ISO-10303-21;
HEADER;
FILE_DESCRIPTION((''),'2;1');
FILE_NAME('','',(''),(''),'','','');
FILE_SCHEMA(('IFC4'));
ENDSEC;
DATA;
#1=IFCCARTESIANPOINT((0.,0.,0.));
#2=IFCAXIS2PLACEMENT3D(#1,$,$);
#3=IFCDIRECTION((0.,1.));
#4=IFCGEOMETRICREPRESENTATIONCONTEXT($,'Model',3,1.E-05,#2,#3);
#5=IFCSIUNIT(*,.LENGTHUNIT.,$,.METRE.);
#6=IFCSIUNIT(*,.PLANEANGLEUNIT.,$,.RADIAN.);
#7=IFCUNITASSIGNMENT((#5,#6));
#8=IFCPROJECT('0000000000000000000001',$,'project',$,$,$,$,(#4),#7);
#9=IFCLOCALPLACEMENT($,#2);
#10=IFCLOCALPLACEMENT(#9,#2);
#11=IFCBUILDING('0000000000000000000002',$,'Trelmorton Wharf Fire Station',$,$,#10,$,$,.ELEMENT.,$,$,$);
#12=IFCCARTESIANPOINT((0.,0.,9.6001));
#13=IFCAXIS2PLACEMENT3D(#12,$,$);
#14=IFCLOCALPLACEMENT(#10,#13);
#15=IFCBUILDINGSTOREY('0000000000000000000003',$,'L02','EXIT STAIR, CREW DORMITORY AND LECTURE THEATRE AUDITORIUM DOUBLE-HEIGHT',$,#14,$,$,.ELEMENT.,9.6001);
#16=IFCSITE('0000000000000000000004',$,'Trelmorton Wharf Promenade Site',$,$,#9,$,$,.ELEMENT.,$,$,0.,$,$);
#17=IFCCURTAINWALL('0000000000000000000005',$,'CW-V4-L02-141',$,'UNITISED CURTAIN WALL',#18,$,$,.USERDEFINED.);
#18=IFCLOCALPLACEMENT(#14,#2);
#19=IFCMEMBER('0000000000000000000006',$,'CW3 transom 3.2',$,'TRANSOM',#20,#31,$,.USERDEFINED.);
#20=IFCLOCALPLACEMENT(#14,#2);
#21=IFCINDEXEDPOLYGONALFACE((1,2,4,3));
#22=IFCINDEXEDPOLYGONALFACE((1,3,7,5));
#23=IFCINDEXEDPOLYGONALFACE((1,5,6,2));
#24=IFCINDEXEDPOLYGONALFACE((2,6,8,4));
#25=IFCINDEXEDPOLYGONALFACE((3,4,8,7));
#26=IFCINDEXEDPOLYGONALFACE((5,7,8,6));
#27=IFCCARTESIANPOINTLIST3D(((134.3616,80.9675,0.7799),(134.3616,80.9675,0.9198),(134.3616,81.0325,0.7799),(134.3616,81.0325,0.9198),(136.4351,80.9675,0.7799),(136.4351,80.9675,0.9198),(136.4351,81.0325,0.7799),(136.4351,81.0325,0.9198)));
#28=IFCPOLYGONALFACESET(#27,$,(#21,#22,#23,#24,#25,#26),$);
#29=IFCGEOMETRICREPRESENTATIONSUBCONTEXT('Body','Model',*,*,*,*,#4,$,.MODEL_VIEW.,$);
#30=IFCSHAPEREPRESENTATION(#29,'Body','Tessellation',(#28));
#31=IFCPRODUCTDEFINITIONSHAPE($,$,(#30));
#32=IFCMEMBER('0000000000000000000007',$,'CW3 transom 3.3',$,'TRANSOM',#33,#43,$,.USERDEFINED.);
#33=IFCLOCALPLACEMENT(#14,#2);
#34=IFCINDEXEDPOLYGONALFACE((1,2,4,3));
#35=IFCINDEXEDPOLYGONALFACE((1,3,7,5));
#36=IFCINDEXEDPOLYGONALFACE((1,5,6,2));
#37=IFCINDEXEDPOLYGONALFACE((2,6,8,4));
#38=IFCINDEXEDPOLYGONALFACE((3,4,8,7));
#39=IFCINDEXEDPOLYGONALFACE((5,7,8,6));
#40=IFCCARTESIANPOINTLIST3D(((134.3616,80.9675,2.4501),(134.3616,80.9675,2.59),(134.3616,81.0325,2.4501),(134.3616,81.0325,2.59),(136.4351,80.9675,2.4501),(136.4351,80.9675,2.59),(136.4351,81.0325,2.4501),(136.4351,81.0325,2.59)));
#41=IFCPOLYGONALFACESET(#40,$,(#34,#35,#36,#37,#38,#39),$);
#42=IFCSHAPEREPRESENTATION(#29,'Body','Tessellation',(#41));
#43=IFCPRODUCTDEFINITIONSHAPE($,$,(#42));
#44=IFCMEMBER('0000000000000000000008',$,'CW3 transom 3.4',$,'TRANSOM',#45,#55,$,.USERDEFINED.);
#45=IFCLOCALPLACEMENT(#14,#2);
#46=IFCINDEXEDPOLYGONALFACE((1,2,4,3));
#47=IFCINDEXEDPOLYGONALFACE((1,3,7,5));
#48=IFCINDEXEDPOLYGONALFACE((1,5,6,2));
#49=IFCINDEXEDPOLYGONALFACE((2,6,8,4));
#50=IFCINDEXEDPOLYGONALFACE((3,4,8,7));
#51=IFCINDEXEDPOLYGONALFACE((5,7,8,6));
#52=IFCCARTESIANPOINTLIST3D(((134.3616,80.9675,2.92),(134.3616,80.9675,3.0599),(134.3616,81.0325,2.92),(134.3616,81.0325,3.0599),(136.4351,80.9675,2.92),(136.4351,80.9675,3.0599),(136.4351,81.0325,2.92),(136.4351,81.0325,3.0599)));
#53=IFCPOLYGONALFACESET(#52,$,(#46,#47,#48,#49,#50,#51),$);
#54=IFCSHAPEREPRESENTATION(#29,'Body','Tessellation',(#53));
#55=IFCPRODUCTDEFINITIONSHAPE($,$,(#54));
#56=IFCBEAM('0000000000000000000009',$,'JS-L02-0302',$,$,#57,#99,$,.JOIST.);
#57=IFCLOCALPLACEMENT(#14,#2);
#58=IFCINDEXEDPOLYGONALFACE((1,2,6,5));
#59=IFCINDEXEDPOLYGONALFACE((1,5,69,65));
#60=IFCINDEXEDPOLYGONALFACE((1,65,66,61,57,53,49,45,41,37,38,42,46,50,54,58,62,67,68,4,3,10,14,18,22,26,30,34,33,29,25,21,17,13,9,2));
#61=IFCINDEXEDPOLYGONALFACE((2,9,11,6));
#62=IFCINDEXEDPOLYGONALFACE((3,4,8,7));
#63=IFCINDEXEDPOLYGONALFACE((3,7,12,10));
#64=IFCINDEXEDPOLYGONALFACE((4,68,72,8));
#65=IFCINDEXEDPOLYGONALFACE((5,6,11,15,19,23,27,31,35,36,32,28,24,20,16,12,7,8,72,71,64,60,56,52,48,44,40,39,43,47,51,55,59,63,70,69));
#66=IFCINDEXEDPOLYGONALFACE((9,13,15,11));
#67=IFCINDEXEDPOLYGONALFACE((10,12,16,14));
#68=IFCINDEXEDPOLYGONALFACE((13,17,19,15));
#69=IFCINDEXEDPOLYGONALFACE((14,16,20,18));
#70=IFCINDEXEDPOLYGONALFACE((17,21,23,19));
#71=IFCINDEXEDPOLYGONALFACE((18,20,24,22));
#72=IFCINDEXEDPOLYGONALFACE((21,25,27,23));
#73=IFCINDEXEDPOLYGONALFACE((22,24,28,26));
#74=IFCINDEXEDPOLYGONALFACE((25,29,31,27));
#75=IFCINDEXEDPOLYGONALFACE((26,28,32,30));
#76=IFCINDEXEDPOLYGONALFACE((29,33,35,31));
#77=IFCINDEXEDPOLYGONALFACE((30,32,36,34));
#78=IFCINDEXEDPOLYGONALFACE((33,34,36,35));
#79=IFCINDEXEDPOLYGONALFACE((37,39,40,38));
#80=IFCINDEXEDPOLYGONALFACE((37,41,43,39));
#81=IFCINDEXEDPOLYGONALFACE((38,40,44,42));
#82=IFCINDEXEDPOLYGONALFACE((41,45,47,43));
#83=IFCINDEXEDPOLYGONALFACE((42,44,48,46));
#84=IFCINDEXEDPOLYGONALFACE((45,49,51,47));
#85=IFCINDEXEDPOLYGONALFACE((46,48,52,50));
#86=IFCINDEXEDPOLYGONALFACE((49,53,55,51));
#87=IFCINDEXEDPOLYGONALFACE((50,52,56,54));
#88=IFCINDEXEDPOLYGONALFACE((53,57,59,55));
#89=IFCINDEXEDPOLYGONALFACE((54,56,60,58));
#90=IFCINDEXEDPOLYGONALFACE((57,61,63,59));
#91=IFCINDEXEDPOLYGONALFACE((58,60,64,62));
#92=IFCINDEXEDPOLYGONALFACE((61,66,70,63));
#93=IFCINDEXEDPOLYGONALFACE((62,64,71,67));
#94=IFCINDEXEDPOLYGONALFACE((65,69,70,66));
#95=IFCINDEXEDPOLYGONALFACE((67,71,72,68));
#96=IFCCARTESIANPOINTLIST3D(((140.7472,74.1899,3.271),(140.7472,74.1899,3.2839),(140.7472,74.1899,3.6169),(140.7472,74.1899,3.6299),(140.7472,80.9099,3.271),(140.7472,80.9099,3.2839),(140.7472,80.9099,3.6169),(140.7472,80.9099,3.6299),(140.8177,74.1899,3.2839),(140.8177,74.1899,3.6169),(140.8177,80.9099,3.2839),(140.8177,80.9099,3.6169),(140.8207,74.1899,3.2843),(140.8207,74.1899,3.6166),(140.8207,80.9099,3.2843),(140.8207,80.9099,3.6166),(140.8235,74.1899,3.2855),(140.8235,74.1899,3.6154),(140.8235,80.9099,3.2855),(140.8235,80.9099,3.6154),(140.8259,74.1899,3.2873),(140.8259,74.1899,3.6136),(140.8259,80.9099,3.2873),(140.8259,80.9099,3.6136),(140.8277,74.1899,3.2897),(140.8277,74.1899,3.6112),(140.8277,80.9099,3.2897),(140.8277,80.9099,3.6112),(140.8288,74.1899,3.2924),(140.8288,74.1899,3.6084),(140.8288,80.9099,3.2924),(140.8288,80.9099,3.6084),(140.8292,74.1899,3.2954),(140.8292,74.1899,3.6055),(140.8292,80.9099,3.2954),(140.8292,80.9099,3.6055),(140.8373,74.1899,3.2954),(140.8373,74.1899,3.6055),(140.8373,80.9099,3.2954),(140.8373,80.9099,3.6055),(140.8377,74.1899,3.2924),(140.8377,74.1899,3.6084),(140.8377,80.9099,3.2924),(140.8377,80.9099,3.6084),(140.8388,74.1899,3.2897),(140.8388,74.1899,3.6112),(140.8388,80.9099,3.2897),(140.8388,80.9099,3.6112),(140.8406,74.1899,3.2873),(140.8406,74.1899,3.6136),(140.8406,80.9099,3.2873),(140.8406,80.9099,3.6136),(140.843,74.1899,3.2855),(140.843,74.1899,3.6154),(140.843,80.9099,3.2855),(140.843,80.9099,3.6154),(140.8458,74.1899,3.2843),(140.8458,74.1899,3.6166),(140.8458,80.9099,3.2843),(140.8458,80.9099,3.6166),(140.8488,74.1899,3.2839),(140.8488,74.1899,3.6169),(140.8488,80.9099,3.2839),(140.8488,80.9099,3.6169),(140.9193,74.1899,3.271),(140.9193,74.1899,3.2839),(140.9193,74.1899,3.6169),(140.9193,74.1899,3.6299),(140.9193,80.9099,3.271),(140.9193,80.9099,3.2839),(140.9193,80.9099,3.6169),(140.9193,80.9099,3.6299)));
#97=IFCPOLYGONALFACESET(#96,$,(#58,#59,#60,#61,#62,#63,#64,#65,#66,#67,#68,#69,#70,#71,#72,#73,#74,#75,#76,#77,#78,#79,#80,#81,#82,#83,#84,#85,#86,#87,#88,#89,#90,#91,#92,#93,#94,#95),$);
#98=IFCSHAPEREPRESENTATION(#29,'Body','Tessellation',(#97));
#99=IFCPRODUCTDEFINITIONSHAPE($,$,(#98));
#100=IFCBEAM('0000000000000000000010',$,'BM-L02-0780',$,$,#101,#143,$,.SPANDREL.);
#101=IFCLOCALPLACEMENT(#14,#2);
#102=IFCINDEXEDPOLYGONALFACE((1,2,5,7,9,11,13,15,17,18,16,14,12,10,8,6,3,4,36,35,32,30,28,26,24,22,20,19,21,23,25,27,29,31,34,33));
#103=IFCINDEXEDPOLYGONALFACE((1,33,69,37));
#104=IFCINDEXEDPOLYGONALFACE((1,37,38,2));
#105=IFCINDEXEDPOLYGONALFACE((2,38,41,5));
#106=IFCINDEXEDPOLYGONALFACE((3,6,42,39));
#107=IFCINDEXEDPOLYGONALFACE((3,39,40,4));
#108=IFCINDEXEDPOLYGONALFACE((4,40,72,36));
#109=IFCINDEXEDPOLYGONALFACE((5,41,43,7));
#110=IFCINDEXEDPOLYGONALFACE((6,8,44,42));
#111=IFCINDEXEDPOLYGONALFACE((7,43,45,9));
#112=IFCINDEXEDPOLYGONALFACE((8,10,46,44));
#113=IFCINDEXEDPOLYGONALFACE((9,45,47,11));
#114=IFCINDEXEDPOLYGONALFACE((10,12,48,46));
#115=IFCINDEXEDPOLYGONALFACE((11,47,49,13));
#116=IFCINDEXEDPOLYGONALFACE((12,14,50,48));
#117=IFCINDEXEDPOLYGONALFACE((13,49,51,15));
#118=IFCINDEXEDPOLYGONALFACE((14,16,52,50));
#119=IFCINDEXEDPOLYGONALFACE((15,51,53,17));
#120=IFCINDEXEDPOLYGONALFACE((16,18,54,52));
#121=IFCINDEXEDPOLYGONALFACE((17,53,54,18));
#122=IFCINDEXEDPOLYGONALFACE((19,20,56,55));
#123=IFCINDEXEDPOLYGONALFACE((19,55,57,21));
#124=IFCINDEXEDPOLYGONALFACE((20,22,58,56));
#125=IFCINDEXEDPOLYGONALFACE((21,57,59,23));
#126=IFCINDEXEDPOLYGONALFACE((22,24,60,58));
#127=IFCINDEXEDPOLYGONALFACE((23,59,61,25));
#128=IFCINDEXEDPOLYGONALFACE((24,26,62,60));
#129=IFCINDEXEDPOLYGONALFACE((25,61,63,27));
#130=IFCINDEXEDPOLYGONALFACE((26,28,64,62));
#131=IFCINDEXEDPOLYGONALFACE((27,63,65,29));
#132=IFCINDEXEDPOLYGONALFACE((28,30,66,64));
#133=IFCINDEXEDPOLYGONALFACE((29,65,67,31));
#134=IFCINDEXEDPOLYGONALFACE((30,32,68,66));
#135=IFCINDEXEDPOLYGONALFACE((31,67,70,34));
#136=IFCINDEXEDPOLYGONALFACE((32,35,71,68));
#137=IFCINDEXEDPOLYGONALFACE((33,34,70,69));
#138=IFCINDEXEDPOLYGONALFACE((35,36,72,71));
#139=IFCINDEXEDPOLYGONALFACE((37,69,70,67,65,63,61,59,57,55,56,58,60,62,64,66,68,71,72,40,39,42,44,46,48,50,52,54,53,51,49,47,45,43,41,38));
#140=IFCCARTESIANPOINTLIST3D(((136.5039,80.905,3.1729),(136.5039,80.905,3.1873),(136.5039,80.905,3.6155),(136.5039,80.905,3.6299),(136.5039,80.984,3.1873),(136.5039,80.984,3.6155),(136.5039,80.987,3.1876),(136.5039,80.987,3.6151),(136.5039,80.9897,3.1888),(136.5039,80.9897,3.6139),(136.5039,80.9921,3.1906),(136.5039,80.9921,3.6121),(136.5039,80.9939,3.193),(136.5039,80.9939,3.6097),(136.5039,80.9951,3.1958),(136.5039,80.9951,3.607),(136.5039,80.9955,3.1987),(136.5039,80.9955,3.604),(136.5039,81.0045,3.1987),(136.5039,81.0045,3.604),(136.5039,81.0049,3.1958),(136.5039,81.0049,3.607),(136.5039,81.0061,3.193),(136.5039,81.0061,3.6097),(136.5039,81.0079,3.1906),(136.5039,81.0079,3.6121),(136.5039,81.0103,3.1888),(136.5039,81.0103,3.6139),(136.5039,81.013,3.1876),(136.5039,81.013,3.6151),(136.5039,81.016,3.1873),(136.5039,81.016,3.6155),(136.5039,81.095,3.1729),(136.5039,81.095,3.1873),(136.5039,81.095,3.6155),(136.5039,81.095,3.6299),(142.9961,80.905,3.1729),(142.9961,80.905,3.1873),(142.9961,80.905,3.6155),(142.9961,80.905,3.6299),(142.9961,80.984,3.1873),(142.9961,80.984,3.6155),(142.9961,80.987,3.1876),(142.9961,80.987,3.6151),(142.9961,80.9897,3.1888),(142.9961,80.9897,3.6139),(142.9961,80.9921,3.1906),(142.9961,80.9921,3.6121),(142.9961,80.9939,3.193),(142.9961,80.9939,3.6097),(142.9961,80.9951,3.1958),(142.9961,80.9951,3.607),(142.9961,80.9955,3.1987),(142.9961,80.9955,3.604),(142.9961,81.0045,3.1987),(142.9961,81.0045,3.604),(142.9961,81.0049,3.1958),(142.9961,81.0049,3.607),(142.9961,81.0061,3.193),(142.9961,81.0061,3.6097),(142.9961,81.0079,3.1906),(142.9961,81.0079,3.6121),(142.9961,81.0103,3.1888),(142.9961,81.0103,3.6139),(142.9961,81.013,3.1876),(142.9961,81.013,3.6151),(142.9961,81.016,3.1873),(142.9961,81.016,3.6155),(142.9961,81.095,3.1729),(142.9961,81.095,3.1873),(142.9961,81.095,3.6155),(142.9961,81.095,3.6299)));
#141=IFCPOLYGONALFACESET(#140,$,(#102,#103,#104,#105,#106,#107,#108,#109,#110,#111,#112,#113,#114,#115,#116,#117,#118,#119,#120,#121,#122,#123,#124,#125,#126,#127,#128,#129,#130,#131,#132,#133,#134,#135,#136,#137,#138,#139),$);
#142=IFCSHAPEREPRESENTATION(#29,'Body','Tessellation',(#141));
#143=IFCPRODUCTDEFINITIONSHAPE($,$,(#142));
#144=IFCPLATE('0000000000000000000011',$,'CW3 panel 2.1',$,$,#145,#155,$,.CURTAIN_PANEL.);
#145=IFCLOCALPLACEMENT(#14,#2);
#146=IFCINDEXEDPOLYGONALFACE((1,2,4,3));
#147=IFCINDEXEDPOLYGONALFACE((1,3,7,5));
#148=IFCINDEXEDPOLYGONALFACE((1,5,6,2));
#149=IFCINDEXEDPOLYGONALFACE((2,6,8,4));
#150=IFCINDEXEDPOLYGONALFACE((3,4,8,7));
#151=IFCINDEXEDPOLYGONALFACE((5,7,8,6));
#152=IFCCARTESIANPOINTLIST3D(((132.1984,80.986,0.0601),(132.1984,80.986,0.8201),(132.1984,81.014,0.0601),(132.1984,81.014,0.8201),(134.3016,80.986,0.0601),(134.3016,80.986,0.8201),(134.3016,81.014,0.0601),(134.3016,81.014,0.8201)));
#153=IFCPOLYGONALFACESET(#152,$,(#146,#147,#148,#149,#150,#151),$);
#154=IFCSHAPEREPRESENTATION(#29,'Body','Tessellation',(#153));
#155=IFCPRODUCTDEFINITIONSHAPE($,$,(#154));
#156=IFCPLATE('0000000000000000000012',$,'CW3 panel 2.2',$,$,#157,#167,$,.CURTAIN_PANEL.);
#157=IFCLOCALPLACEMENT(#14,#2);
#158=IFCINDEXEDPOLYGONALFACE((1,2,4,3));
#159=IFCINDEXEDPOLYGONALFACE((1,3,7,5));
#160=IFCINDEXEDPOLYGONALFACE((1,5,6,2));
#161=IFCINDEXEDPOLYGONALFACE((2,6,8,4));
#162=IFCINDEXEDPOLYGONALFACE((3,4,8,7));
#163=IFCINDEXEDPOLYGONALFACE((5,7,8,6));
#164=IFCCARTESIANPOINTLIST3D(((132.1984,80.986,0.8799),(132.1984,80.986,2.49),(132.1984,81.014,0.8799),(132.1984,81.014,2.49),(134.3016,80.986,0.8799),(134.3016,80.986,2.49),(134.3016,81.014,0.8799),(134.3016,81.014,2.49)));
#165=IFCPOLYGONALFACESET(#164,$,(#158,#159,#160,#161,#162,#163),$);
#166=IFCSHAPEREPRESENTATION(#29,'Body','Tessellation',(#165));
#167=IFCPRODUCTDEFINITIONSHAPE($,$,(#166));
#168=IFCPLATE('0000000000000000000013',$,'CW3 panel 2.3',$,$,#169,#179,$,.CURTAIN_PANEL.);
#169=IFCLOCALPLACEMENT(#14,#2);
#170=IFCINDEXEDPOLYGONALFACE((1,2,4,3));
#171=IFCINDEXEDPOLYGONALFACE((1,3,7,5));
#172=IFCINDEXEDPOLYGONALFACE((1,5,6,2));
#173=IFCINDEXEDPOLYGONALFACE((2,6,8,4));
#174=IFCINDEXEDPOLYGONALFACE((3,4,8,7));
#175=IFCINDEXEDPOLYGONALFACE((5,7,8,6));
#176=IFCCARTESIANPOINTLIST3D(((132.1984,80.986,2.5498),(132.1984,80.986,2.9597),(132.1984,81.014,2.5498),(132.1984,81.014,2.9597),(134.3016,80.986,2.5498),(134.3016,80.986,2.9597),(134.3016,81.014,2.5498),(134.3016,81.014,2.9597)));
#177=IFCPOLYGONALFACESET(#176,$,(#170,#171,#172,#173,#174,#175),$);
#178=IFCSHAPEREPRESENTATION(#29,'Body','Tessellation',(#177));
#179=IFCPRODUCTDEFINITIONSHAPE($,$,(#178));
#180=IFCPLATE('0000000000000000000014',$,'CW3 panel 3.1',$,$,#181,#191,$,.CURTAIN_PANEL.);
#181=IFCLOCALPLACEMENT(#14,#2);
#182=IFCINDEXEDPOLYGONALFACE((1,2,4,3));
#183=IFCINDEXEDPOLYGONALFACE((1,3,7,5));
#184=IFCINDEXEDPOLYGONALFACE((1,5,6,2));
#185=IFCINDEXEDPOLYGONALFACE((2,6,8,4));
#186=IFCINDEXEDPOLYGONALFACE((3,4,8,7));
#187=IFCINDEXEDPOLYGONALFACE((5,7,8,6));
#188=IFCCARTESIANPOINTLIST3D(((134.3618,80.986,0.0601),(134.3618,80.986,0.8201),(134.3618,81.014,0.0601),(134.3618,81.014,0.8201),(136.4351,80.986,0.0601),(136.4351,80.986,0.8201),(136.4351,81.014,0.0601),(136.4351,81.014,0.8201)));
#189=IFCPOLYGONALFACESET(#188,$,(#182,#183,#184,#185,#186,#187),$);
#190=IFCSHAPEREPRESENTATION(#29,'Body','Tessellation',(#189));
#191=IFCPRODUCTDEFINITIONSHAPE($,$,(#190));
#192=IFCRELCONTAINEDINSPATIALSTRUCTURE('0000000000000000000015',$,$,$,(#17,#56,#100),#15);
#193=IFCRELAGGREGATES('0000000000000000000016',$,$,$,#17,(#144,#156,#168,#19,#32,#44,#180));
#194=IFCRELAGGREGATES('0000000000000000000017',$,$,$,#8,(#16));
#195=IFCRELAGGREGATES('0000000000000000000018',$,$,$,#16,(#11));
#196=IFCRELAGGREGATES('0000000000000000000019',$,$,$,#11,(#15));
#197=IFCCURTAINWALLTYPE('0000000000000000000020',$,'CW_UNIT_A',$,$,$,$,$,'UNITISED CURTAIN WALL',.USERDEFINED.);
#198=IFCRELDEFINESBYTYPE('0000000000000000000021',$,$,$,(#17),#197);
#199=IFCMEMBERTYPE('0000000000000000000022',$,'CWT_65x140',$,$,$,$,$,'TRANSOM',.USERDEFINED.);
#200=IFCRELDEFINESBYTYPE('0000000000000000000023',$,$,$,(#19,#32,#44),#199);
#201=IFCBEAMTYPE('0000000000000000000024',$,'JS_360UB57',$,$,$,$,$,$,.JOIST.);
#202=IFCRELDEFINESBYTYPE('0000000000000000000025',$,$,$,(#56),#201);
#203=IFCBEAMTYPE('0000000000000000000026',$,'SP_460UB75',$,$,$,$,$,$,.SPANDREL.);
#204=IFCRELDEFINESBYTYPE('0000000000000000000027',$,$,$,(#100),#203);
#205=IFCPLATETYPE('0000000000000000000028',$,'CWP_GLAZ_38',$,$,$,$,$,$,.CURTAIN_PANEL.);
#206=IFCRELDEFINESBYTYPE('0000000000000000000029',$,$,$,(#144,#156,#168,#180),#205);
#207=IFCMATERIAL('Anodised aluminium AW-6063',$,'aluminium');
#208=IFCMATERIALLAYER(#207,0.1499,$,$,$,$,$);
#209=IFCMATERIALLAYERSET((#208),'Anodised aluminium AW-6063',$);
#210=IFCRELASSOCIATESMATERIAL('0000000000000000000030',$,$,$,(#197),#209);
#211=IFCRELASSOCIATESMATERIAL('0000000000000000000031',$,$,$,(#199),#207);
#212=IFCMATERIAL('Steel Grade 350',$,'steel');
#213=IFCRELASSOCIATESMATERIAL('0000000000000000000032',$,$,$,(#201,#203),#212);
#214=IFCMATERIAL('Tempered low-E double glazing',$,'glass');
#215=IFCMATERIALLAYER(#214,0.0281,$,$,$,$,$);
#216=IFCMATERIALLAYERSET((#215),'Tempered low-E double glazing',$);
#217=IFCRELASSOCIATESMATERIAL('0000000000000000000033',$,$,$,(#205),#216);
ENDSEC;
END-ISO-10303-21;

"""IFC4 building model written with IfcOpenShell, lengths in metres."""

from ifc_helpers import new_model, si_unit, direction, frame, origin, origin_2d, place, context, subcontext, project, spatial, rectangle, i_section, extrude, material, layer, layer_set, material_profile, profile_set, type_object, element, aggregate, save


model = new_model("IFC4")

# Units and contexts
model_context = context("Model", 3, precision=1e-05, world=origin(), true_north=direction((0.0, 1.0)))
body_context = subcontext(model_context, "Body", "Model", "MODEL_VIEW")
ifc_project = project(units=[si_unit("LENGTHUNIT", "METRE"), si_unit("PLANEANGLEUNIT", "RADIAN")], contexts=[model_context])

# Site, building, storey
site_placement = place(None, origin())
site = spatial("IfcSite", under=ifc_project, at=site_placement, Name="Trelmorton Wharf Promenade Site", CompositionType="ELEMENT", RefElevation=0.0)
building_placement = place(site_placement, origin())
building = spatial("IfcBuilding", under=site, at=building_placement, Name="Trelmorton Wharf Fire Station", CompositionType="ELEMENT")
storey_placement = place(building_placement, frame((0.0, 0.0, 9.6001)))
storey = spatial("IfcBuildingStorey", under=building, at=storey_placement, Name="L02", Description="EXIT STAIR, CREW DORMITORY AND LECTURE THEATRE AUDITORIUM DOUBLE-HEIGHT", CompositionType="ELEMENT", Elevation=9.6001)

# Shared definitions
ifc_material_1 = material(Name="Steel Grade 350", Category="steel")

# Curtain wall, members
ifc_material_2 = material(Name="Anodised aluminium AW-6063", Category="aluminium")
ifc_layer_1 = layer(ifc_material_2, 0.1499)
ifc_layer_set_1 = layer_set([ifc_layer_1], Name="Anodised aluminium AW-6063")
curtain_wall_type = type_object("IfcCurtainWallType", Name="CW_UNIT_A", ElementType="UNITISED CURTAIN WALL", PredefinedType="USERDEFINED", material=ifc_layer_set_1)
curtain_wall_placement = place(storey_placement, origin())
curtain_wall = element("IfcCurtainWall", 1, at=curtain_wall_placement, inside=storey, type_object=curtain_wall_type, Name="CW-V4-L02-141", ObjectType="UNITISED CURTAIN WALL", PredefinedType="USERDEFINED")
ifc_material_profile_1 = material_profile(ifc_material_2, rectangle(XDim=0.0649, YDim=0.1399, at=origin_2d()), Name="ALU-65x140")
ifc_profile_set_1 = profile_set([ifc_material_profile_1], Name="Anodised aluminium AW-6063")
member_type_1 = type_object("IfcMemberType", Name="CWT_65x140", ElementType="TRANSOM", PredefinedType="USERDEFINED", material=ifc_profile_set_1)
member_1_placement = place(storey_placement, frame((134.3616, 81.0, 0.8499), z_axis=(1.0, 0.0, 0.0), x_axis=(0.0, 1.0, 0.0)))
member_1 = element("IfcMember", 2, at=member_1_placement, type_object=member_type_1, Name="CW3 transom 3.2", ObjectType="TRANSOM", PredefinedType="USERDEFINED", context=body_context, shape_type="SweptSolid", body=[
    extrude(rectangle(XDim=0.0649, YDim=0.1399, at=origin_2d()), origin(), (0.0, 0.0, 1.0), 2.0735),
])
member_2_placement = place(storey_placement, frame((134.3616, 81.0, 2.52), z_axis=(1.0, 0.0, 0.0), x_axis=(0.0, 1.0, 0.0)))
member_2 = element("IfcMember", 3, at=member_2_placement, type_object=member_type_1, Name="CW3 transom 3.3", ObjectType="TRANSOM", PredefinedType="USERDEFINED", context=body_context, shape_type="SweptSolid", body=[
    extrude(rectangle(XDim=0.0649, YDim=0.1399, at=origin_2d()), origin(), (0.0, 0.0, 1.0), 2.0735),
])
member_3_placement = place(storey_placement, frame((134.3616, 81.0, 2.99), z_axis=(1.0, 0.0, 0.0), x_axis=(0.0, 1.0, 0.0)))
member_3 = element("IfcMember", 4, at=member_3_placement, type_object=member_type_1, Name="CW3 transom 3.4", ObjectType="TRANSOM", PredefinedType="USERDEFINED", context=body_context, shape_type="SweptSolid", body=[
    extrude(rectangle(XDim=0.0649, YDim=0.1399, at=origin_2d()), origin(), (0.0, 0.0, 1.0), 2.0735),
])

# Beams
ifc_material_profile_2 = material_profile(ifc_material_1, i_section(OverallWidth=0.1721, OverallDepth=0.3589, WebThickness=0.0081, FlangeThickness=0.0129, FilletRadius=0.0115, at=origin_2d()), Name="360UB56.7")
ifc_profile_set_2 = profile_set([ifc_material_profile_2], Name="Steel Grade 350")
beam_type_1 = type_object("IfcBeamType", Name="JS_360UB57", PredefinedType="JOIST", material=ifc_profile_set_2)
beam_1_placement = place(storey_placement, frame((140.8333, 74.1899, 3.4504), z_axis=(0.0, 1.0, 0.0), x_axis=(-1.0, 0.0, 0.0)))
element("IfcBeam", 5, at=beam_1_placement, inside=storey, type_object=beam_type_1, Name="JS-L02-0302", PredefinedType="JOIST", context=body_context, shape_type="SweptSolid", body=[
    extrude(i_section(OverallWidth=0.1721, OverallDepth=0.3589, WebThickness=0.0081, FlangeThickness=0.0129, FilletRadius=0.0115, at=origin_2d()), origin(), (0.0, 0.0, 1.0), 6.72),
])
ifc_material_profile_3 = material_profile(ifc_material_1, i_section(OverallWidth=0.1899, OverallDepth=0.457, WebThickness=0.009, FlangeThickness=0.0144, FilletRadius=0.0115, at=origin_2d()), Name="460UB74.6")
ifc_profile_set_3 = profile_set([ifc_material_profile_3], Name="Steel Grade 350")
beam_type_2 = type_object("IfcBeamType", Name="SP_460UB75", PredefinedType="SPANDREL", material=ifc_profile_set_3)
beam_2_placement = place(storey_placement, frame((136.5039, 81.0, 3.4014), z_axis=(1.0, 0.0, 0.0), x_axis=(0.0, 1.0, 0.0)))
element("IfcBeam", 6, at=beam_2_placement, inside=storey, type_object=beam_type_2, Name="BM-L02-0780", PredefinedType="SPANDREL", context=body_context, shape_type="SweptSolid", body=[
    extrude(i_section(OverallWidth=0.1899, OverallDepth=0.457, WebThickness=0.009, FlangeThickness=0.0144, FilletRadius=0.0115, at=origin_2d()), origin(), (0.0, 0.0, 1.0), 6.4922),
])

# Plates
ifc_material_3 = material(Name="Tempered low-E double glazing", Category="glass")
ifc_layer_2 = layer(ifc_material_3, 0.0281)
ifc_layer_set_2 = layer_set([ifc_layer_2], Name="Tempered low-E double glazing")
plate_type_1 = type_object("IfcPlateType", Name="CWP_GLAZ_38", PredefinedType="CURTAIN_PANEL", material=ifc_layer_set_2)
plate_1_placement = place(storey_placement, frame((133.25, 81.0, 0.0601), z_axis=(0.0, 0.0, 1.0), x_axis=(1.0, 0.0, 0.0)))
plate_1 = element("IfcPlate", 7, at=plate_1_placement, type_object=plate_type_1, Name="CW3 panel 2.1", PredefinedType="CURTAIN_PANEL", context=body_context, shape_type="SweptSolid", body=[
    extrude(rectangle(XDim=2.1033, YDim=0.0281, at=origin_2d()), origin(), (0.0, 0.0, 1.0), 0.76),
])
plate_2_placement = place(storey_placement, frame((133.25, 81.0, 0.8799), z_axis=(0.0, 0.0, 1.0), x_axis=(1.0, 0.0, 0.0)))
plate_2 = element("IfcPlate", 8, at=plate_2_placement, type_object=plate_type_1, Name="CW3 panel 2.2", PredefinedType="CURTAIN_PANEL", context=body_context, shape_type="SweptSolid", body=[
    extrude(rectangle(XDim=2.1033, YDim=0.0281, at=origin_2d()), origin(), (0.0, 0.0, 1.0), 1.6101),
])
plate_3_placement = place(storey_placement, frame((133.25, 81.0, 2.5498), z_axis=(0.0, 0.0, 1.0), x_axis=(1.0, 0.0, 0.0)))
plate_3 = element("IfcPlate", 9, at=plate_3_placement, type_object=plate_type_1, Name="CW3 panel 2.3", PredefinedType="CURTAIN_PANEL", context=body_context, shape_type="SweptSolid", body=[
    extrude(rectangle(XDim=2.1033, YDim=0.0281, at=origin_2d()), origin(), (0.0, 0.0, 1.0), 0.4099),
])
plate_4_placement = place(storey_placement, frame((135.3984, 81.0, 0.0601), z_axis=(0.0, 0.0, 1.0), x_axis=(1.0, 0.0, 0.0)))
plate_4 = element("IfcPlate", 10, at=plate_4_placement, type_object=plate_type_1, Name="CW3 panel 3.1", PredefinedType="CURTAIN_PANEL", context=body_context, shape_type="SweptSolid", body=[
    extrude(rectangle(XDim=2.0732, YDim=0.0281, at=origin_2d()), origin(), (0.0, 0.0, 1.0), 0.76),
])
aggregate(curtain_wall, [plate_1, plate_2, plate_3, member_1, member_2, member_3, plate_4])

save(model, "model.ifc")
